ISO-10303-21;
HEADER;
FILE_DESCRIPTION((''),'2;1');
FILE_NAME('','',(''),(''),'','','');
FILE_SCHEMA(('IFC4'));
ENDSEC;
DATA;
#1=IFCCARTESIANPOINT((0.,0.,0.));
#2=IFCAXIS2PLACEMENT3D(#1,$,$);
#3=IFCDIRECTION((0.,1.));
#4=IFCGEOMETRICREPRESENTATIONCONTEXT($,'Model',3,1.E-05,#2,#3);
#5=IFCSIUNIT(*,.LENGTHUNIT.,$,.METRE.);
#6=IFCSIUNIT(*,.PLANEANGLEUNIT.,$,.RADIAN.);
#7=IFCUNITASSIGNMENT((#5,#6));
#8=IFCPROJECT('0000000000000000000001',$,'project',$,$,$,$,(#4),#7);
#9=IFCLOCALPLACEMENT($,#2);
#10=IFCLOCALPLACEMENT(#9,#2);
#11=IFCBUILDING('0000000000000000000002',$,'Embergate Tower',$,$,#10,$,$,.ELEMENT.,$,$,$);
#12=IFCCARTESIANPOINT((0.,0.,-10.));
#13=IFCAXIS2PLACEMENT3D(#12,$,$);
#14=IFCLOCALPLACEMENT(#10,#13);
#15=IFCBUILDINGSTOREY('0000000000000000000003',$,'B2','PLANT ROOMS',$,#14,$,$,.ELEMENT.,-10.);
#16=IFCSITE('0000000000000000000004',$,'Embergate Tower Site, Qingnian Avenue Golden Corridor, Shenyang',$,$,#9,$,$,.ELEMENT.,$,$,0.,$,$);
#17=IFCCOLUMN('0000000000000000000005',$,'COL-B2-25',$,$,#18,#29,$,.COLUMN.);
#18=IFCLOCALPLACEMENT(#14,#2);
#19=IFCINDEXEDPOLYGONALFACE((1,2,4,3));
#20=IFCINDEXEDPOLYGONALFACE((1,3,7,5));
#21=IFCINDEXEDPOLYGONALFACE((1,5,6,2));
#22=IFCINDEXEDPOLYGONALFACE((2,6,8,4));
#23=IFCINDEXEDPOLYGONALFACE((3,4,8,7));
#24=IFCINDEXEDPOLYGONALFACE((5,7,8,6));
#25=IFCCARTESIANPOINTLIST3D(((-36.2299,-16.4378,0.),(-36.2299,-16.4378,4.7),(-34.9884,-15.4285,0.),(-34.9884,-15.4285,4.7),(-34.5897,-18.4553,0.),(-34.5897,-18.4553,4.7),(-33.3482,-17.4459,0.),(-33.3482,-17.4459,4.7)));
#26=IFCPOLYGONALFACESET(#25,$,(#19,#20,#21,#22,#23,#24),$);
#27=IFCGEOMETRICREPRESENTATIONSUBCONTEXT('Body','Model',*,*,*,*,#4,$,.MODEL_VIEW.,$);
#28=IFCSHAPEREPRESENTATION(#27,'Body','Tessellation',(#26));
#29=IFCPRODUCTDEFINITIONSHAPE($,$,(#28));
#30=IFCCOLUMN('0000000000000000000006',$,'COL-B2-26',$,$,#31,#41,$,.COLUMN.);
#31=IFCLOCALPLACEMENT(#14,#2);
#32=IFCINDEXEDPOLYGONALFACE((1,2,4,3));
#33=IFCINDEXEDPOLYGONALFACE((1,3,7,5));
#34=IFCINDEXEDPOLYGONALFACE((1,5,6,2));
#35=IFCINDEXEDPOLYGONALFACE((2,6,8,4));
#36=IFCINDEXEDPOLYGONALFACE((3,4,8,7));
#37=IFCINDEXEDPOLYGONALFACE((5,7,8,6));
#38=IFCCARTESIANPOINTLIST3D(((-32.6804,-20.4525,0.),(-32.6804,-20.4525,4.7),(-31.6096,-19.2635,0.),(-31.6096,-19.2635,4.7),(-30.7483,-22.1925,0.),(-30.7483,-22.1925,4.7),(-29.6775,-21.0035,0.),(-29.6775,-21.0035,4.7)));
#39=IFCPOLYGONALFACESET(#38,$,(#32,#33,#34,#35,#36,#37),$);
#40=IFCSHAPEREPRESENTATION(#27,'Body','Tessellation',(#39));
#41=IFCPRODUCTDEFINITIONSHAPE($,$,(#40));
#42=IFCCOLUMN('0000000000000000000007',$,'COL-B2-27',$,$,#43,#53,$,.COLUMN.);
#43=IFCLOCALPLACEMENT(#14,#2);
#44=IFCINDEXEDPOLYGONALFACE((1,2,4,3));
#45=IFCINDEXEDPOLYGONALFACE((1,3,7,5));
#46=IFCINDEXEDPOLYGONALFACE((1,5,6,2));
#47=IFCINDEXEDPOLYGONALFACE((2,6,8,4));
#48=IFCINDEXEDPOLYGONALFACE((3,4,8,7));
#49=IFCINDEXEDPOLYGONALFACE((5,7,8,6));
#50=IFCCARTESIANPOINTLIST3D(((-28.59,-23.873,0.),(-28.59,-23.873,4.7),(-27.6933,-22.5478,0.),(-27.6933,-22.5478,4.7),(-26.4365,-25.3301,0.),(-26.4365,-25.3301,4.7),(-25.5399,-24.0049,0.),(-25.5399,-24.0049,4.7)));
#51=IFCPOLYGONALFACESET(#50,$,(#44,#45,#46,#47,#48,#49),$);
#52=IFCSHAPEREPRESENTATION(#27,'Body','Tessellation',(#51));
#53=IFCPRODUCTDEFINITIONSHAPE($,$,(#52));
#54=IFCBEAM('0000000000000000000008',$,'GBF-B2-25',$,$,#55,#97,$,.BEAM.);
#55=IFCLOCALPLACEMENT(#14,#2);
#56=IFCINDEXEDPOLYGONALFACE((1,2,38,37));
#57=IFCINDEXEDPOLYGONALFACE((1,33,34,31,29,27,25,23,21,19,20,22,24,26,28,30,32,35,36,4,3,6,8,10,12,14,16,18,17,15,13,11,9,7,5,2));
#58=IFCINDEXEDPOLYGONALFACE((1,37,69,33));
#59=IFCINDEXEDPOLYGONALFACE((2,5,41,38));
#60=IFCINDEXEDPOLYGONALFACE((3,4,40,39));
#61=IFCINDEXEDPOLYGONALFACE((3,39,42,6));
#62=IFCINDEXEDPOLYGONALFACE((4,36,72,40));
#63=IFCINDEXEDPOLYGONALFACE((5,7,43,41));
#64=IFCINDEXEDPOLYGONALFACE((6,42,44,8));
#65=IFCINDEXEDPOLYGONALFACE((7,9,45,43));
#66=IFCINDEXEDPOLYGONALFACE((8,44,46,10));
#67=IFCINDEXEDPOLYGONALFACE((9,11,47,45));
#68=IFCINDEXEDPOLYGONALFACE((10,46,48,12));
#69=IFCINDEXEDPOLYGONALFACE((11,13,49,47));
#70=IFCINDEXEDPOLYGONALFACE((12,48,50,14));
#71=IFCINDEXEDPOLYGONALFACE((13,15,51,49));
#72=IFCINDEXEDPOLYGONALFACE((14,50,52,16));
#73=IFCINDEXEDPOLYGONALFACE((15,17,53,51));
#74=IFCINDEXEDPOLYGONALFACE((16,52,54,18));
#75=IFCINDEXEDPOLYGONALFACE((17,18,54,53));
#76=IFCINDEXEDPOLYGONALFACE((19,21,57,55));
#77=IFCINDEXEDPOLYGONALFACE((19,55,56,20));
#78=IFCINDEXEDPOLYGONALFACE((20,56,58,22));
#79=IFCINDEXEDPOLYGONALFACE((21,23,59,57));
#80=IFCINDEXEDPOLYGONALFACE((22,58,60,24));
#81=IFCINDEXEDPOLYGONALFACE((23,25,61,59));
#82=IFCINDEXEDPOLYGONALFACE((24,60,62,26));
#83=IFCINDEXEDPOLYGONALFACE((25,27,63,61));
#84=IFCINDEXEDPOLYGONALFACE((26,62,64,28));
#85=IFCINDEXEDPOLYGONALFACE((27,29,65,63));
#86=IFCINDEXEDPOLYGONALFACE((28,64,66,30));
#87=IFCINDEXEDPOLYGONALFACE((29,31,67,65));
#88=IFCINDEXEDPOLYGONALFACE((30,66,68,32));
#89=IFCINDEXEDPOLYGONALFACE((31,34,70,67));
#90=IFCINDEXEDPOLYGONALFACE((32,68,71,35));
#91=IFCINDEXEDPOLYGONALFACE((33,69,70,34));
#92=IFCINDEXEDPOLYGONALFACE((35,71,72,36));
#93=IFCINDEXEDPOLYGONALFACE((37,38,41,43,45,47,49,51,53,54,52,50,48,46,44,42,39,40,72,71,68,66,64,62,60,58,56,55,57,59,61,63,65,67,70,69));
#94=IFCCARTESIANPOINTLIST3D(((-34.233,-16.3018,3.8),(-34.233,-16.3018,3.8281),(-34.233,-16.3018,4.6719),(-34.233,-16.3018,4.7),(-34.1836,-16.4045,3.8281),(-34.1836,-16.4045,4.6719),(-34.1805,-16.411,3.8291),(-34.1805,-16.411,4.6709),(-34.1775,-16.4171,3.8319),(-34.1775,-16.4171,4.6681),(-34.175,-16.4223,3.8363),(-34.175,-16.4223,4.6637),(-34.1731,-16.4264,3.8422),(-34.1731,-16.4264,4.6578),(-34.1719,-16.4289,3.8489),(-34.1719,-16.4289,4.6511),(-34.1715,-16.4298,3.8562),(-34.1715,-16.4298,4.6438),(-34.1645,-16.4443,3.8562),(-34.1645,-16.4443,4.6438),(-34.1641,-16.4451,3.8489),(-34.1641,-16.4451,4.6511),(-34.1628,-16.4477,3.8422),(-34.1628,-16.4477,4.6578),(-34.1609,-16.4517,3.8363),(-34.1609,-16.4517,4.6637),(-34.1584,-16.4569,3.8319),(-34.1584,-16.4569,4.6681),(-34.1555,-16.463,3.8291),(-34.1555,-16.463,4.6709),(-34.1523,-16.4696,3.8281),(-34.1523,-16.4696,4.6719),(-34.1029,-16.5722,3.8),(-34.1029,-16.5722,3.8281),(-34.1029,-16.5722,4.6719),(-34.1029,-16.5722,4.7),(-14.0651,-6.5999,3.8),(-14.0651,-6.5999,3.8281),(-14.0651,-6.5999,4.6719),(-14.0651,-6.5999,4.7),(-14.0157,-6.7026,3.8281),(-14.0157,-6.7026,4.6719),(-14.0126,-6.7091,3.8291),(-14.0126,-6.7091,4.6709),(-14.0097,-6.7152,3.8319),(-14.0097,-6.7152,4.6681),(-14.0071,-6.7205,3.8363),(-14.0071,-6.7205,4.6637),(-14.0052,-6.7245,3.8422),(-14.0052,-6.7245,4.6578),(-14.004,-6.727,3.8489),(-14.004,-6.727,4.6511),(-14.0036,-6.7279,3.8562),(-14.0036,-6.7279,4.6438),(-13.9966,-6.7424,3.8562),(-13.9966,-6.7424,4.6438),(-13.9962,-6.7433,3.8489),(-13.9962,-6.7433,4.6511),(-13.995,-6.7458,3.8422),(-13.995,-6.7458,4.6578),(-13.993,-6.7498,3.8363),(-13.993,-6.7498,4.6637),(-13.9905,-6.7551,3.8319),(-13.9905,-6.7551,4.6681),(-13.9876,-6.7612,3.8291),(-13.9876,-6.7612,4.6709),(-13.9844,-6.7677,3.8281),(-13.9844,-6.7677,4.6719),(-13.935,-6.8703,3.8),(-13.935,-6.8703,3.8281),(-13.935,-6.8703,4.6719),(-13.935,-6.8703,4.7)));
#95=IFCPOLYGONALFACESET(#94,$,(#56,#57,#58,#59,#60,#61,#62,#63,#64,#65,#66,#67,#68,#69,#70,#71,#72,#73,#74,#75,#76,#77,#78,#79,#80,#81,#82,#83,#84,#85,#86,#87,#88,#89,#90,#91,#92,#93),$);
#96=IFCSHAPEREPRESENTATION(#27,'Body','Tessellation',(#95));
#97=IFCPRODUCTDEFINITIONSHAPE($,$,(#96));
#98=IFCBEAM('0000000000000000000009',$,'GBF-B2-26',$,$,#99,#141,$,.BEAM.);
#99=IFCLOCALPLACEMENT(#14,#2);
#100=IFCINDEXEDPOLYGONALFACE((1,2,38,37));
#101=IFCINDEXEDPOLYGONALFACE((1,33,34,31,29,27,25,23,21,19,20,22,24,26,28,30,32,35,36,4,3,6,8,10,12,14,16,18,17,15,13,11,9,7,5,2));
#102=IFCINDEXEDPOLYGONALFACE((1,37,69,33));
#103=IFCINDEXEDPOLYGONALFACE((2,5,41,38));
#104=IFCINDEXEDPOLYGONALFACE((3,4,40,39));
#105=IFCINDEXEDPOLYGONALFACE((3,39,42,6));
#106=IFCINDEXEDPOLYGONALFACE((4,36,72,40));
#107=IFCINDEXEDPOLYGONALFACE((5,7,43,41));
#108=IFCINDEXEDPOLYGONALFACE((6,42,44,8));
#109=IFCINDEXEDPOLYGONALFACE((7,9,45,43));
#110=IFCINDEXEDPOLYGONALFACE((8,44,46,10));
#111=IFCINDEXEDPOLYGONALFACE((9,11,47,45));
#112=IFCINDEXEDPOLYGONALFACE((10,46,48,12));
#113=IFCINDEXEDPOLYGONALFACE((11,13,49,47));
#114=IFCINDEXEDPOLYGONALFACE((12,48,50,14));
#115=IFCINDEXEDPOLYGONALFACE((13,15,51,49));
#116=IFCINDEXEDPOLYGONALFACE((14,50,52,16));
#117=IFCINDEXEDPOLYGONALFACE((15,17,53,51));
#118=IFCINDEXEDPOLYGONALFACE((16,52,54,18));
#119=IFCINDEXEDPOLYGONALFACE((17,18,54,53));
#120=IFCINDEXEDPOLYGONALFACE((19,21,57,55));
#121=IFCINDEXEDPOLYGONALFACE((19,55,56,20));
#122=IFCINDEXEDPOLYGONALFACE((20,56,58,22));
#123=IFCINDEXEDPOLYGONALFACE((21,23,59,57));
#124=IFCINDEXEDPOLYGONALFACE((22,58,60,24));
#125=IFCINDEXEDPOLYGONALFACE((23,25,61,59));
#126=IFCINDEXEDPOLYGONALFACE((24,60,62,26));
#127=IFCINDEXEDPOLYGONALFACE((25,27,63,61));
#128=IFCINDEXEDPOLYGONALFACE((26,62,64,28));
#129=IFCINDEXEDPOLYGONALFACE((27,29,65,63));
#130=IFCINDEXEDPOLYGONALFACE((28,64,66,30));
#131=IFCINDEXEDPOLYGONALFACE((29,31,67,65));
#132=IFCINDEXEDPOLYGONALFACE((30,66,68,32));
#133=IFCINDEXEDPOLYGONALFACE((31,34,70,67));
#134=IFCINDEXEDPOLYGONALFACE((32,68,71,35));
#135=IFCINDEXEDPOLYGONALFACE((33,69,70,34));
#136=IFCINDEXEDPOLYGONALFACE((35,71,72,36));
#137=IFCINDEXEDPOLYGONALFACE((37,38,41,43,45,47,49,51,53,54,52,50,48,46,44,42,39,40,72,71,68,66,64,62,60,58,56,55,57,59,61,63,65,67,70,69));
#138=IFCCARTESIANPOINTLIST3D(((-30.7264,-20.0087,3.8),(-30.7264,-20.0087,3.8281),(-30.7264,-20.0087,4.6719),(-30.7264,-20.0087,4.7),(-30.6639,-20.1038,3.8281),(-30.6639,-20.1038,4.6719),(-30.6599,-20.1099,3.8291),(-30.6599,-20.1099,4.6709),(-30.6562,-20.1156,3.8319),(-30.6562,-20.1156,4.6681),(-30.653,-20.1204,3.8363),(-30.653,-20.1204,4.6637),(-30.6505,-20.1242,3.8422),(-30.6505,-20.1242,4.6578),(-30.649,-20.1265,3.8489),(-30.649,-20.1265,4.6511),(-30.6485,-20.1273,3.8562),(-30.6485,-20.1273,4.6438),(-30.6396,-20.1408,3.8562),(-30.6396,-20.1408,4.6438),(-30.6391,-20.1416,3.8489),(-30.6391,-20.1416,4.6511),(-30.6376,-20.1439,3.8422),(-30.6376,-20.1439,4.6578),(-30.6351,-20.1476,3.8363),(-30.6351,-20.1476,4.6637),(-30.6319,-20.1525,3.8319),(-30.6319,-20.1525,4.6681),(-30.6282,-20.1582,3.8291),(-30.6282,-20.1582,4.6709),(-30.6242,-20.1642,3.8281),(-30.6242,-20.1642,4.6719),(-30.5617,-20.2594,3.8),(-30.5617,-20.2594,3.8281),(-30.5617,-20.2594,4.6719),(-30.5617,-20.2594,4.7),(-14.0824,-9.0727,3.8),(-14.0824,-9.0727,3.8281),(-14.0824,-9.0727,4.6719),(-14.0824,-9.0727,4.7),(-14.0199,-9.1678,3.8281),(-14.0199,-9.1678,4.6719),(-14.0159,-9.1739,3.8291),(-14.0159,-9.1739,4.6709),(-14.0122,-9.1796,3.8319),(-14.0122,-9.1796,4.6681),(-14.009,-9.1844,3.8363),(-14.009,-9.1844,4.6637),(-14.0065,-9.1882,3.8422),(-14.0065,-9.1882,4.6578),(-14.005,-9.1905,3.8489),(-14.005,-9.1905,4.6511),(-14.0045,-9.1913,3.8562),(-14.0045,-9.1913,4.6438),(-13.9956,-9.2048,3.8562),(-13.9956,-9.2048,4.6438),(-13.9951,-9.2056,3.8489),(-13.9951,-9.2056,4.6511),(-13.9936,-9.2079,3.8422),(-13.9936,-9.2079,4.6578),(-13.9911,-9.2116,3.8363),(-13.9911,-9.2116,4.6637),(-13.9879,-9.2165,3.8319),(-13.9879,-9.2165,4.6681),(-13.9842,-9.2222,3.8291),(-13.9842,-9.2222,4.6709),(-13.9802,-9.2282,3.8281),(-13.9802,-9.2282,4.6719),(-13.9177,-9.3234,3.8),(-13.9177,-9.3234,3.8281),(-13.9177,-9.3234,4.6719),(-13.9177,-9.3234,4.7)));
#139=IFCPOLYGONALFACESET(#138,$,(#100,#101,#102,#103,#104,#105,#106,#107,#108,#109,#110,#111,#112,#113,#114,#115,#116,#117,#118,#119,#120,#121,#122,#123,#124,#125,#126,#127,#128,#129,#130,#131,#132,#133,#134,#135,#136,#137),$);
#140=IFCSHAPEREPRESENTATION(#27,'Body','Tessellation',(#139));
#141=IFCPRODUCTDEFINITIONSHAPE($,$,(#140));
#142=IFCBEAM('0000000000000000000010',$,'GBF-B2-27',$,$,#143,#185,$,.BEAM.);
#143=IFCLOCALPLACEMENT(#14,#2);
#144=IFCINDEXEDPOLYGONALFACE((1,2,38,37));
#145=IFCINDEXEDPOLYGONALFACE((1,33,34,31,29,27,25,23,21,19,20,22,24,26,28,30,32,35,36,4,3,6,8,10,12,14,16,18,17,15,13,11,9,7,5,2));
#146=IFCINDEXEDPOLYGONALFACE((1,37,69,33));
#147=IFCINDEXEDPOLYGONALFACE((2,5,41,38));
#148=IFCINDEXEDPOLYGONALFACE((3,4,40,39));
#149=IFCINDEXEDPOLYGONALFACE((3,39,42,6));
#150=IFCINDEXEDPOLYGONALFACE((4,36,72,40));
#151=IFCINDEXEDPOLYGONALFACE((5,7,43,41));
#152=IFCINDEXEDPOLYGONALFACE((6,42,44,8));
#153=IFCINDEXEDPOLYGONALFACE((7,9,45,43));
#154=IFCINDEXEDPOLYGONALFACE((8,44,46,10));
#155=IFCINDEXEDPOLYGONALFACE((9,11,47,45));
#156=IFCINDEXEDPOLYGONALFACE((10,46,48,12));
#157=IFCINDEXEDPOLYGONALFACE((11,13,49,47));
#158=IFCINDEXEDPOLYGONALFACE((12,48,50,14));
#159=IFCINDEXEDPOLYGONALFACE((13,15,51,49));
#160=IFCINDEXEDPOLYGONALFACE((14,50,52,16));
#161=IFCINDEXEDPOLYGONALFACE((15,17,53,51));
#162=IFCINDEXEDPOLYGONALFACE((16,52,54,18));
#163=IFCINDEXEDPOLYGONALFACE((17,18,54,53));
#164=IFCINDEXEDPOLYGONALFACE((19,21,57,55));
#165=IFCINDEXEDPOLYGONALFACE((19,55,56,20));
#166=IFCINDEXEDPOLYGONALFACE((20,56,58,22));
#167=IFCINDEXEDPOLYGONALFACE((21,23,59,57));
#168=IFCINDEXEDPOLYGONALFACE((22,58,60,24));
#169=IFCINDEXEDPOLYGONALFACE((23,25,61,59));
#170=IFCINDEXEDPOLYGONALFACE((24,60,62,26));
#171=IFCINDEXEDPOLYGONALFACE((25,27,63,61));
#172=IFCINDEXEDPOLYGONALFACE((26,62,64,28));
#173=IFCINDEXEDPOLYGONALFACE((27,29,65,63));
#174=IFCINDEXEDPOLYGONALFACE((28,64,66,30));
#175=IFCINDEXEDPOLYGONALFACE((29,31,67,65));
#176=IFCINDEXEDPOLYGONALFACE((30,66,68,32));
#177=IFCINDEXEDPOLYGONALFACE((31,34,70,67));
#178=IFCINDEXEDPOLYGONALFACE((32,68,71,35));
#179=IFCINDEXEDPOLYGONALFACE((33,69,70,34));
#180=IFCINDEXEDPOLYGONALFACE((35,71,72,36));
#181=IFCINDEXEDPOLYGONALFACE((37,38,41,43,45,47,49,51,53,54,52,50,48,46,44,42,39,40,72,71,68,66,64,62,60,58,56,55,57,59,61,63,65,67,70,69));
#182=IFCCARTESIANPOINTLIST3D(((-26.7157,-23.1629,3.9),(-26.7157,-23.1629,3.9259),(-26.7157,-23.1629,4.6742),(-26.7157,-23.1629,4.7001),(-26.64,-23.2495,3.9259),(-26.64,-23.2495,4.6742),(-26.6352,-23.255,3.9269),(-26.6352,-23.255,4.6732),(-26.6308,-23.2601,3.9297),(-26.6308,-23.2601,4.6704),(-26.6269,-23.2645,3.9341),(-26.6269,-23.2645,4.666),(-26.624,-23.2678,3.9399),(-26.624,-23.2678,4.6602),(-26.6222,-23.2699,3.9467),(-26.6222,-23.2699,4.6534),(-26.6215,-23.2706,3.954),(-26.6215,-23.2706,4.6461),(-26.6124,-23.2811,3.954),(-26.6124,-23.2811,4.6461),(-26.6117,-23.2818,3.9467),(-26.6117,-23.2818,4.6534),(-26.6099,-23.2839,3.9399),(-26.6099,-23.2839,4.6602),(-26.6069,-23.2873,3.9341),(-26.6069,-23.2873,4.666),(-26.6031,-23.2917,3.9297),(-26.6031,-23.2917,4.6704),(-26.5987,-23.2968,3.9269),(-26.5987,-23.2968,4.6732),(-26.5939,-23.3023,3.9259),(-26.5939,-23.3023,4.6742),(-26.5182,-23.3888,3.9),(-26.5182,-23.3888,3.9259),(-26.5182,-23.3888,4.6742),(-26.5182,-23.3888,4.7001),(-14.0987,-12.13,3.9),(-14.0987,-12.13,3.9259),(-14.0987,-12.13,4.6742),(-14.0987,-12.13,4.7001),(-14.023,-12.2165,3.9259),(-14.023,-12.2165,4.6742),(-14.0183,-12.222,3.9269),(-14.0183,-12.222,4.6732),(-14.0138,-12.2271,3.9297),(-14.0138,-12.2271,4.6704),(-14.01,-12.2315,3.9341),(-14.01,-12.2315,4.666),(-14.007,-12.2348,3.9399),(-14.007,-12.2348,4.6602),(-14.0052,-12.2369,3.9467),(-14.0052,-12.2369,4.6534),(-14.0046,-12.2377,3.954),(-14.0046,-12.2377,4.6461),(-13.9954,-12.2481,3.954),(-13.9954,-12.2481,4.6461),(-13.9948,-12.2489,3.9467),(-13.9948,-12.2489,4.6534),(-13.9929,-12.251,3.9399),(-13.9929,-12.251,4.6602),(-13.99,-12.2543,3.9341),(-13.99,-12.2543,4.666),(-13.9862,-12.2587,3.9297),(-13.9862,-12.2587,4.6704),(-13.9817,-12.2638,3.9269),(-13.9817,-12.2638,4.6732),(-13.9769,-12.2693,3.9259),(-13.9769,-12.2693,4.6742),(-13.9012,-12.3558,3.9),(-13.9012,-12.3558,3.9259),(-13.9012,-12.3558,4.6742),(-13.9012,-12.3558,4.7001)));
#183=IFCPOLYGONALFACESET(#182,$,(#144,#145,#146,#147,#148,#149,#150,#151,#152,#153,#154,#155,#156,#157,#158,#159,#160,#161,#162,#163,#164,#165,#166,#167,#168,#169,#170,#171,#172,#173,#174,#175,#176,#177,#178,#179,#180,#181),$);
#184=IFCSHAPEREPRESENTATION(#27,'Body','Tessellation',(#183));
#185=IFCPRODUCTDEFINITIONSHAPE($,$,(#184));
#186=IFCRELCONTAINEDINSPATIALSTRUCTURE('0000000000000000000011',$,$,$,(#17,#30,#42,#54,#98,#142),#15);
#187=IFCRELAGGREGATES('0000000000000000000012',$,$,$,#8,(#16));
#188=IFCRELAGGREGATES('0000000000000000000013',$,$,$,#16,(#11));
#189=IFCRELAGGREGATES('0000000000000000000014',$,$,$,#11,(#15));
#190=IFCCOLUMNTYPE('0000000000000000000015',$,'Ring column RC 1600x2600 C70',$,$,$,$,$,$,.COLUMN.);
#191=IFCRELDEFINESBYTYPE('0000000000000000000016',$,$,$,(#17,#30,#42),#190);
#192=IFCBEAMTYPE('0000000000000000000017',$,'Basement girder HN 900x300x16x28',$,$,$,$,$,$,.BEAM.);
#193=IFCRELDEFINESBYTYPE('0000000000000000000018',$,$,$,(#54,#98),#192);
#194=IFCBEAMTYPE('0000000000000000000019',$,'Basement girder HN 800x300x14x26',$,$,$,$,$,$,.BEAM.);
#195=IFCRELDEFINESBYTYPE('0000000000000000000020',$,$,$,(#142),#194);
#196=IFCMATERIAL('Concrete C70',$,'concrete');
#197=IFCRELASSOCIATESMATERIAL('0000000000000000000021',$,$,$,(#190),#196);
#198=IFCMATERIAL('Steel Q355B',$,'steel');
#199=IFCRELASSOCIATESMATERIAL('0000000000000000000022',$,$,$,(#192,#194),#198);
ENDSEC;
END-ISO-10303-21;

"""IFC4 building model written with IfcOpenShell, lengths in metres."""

from ifc_helpers import new_model, si_unit, direction, frame, origin, origin_2d, place, context, subcontext, project, spatial, rectangle, i_section, extrude, source, transform, mapped, material, material_profile, profile_set, type_object, element, save


model = new_model("IFC4")

# Units and contexts
model_context = context("Model", 3, precision=1e-05, world=origin(), true_north=direction((0.0, 1.0)))
body_context = subcontext(model_context, "Body", "Model", "MODEL_VIEW")
ifc_project = project(units=[si_unit("LENGTHUNIT", "METRE"), si_unit("PLANEANGLEUNIT", "RADIAN")], contexts=[model_context])

# Site, building, storey
site_placement = place(None, origin())
site = spatial("IfcSite", under=ifc_project, at=site_placement, Name="Embergate Tower Site, Qingnian Avenue Golden Corridor, Shenyang", CompositionType="ELEMENT", RefElevation=0.0)
building_placement = place(site_placement, origin())
building = spatial("IfcBuilding", under=site, at=building_placement, Name="Embergate Tower", CompositionType="ELEMENT")
storey_placement = place(building_placement, frame((0.0, 0.0, -10.0)))
storey = spatial("IfcBuildingStorey", under=building, at=storey_placement, Name="B2", Description="PLANT ROOMS", CompositionType="ELEMENT", Elevation=-10.0)

# Columns
ifc_material_1 = material(Name="Concrete C70", Category="concrete")
ifc_material_profile_1 = material_profile(ifc_material_1, rectangle(XDim=1.6001, YDim=2.6001, at=origin_2d()), Name="RC 1600x2600")
ifc_profile_set_1 = profile_set([ifc_material_profile_1], Name="Concrete C70")
column_type = type_object("IfcColumnType", Name="Ring column RC 1600x2600 C70", PredefinedType="COLUMN", material=ifc_profile_set_1)
shared_shape_1 = source(origin(), body_context, "Body", "SweptSolid", [
    extrude(rectangle(XDim=1.6001, YDim=2.6001, at=origin_2d()), origin(), (0.0, 0.0, 1.0), 4.7),
])
for number, where, z_axis, x_axis, name in (
    (1, (-34.7891, -16.9419, 0.0), (0.0, 0.0, 1.0), (-0.775925, -0.630825, 0.0), "COL-B2-25"),
    (2, (-31.179, -20.728, 0.0), (0.0, 0.0, 1.0), (-0.669208, -0.743075, 0.0), "COL-B2-26"),
    (3, (-27.0649, -23.939, 0.0), (0.0, 0.0, 1.0), (-0.560393, -0.828227, 0.0), "COL-B2-27"),
):
    element("IfcColumn", number, at=place(storey_placement, frame(where, z_axis=z_axis, x_axis=x_axis)), inside=storey, type_object=column_type, Name=name, PredefinedType="COLUMN", context=body_context, shape_type="MappedRepresentation", body=[
        mapped(shared_shape_1, transform((0.0, 0.0, 0.0))),
    ])

# Beams
ifc_material_2 = material(Name="Steel Q355B", Category="steel")
ifc_material_profile_2 = material_profile(ifc_material_2, i_section(OverallWidth=0.3, OverallDepth=0.8999, WebThickness=0.0161, FlangeThickness=0.0281, FilletRadius=0.0281, at=origin_2d()), Name="HN 900x300x16x28")
ifc_profile_set_2 = profile_set([ifc_material_profile_2], Name="Steel Q355 grade B")
beam_type_1 = type_object("IfcBeamType", Name="Basement girder HN 900x300x16x28", PredefinedType="BEAM", material=ifc_profile_set_2)
shared_shape_2 = source(origin(), body_context, "Body", "SweptSolid", [
    extrude(i_section(OverallWidth=0.3, OverallDepth=0.8999, WebThickness=0.0161, FlangeThickness=0.0281, FilletRadius=0.0281, at=origin_2d()), origin(), (0.0, 0.0, 1.0), 22.3801),
])
beam_1_placement = place(storey_placement, frame((-34.168, -16.437, 4.25), z_axis=(0.901152, 0.433504, 0.0), x_axis=(-0.433504, 0.901152, 0.0)))
element("IfcBeam", 4, at=beam_1_placement, inside=storey, type_object=beam_type_1, Name="GBF-B2-25", PredefinedType="BEAM", context=body_context, shape_type="MappedRepresentation", body=[
    mapped(shared_shape_2, transform((0.0, 0.0, 0.0))),
])
shared_shape_3 = source(origin(), body_context, "Body", "SweptSolid", [
    extrude(i_section(OverallWidth=0.3, OverallDepth=0.8999, WebThickness=0.0161, FlangeThickness=0.0281, FilletRadius=0.0281, at=origin_2d()), origin(), (0.0, 0.0, 1.0), 19.9153),
])
beam_2_placement = place(storey_placement, frame((-30.644, -20.134, 4.25), z_axis=(0.83574, 0.549126, 0.0), x_axis=(-0.549126, 0.83574, 0.0)))
element("IfcBeam", 5, at=beam_2_placement, inside=storey, type_object=beam_type_1, Name="GBF-B2-26", PredefinedType="BEAM", context=body_context, shape_type="MappedRepresentation", body=[
    mapped(shared_shape_3, transform((0.0, 0.0, 0.0))),
])
ifc_material_profile_3 = material_profile(ifc_material_2, i_section(OverallWidth=0.3, OverallDepth=0.8, WebThickness=0.0139, FlangeThickness=0.0259, FilletRadius=0.0281, at=origin_2d()), Name="HN 800x300x14x26")
ifc_profile_set_3 = profile_set([ifc_material_profile_3], Name="Steel Q355 grade B")
beam_type_2 = type_object("IfcBeamType", Name="Basement girder HN 800x300x14x26", PredefinedType="BEAM", material=ifc_profile_set_3)
shared_shape_4 = source(origin(), body_context, "Body", "SweptSolid", [
    extrude(i_section(OverallWidth=0.3, OverallDepth=0.8, WebThickness=0.0139, FlangeThickness=0.0259, FilletRadius=0.0281, at=origin_2d()), origin(), (0.0, 0.0, 1.0), 16.7605),
])
beam_3_placement = place(storey_placement, frame((-26.6169, -23.2759, 4.3), z_axis=(0.75278, 0.658273, 0.0), x_axis=(-0.658273, 0.75278, 0.0)))
element("IfcBeam", 6, at=beam_3_placement, inside=storey, type_object=beam_type_2, Name="GBF-B2-27", PredefinedType="BEAM", context=body_context, shape_type="MappedRepresentation", body=[
    mapped(shared_shape_4, transform((0.0, 0.0, 0.0))),
])

save(model, "model.ifc")
